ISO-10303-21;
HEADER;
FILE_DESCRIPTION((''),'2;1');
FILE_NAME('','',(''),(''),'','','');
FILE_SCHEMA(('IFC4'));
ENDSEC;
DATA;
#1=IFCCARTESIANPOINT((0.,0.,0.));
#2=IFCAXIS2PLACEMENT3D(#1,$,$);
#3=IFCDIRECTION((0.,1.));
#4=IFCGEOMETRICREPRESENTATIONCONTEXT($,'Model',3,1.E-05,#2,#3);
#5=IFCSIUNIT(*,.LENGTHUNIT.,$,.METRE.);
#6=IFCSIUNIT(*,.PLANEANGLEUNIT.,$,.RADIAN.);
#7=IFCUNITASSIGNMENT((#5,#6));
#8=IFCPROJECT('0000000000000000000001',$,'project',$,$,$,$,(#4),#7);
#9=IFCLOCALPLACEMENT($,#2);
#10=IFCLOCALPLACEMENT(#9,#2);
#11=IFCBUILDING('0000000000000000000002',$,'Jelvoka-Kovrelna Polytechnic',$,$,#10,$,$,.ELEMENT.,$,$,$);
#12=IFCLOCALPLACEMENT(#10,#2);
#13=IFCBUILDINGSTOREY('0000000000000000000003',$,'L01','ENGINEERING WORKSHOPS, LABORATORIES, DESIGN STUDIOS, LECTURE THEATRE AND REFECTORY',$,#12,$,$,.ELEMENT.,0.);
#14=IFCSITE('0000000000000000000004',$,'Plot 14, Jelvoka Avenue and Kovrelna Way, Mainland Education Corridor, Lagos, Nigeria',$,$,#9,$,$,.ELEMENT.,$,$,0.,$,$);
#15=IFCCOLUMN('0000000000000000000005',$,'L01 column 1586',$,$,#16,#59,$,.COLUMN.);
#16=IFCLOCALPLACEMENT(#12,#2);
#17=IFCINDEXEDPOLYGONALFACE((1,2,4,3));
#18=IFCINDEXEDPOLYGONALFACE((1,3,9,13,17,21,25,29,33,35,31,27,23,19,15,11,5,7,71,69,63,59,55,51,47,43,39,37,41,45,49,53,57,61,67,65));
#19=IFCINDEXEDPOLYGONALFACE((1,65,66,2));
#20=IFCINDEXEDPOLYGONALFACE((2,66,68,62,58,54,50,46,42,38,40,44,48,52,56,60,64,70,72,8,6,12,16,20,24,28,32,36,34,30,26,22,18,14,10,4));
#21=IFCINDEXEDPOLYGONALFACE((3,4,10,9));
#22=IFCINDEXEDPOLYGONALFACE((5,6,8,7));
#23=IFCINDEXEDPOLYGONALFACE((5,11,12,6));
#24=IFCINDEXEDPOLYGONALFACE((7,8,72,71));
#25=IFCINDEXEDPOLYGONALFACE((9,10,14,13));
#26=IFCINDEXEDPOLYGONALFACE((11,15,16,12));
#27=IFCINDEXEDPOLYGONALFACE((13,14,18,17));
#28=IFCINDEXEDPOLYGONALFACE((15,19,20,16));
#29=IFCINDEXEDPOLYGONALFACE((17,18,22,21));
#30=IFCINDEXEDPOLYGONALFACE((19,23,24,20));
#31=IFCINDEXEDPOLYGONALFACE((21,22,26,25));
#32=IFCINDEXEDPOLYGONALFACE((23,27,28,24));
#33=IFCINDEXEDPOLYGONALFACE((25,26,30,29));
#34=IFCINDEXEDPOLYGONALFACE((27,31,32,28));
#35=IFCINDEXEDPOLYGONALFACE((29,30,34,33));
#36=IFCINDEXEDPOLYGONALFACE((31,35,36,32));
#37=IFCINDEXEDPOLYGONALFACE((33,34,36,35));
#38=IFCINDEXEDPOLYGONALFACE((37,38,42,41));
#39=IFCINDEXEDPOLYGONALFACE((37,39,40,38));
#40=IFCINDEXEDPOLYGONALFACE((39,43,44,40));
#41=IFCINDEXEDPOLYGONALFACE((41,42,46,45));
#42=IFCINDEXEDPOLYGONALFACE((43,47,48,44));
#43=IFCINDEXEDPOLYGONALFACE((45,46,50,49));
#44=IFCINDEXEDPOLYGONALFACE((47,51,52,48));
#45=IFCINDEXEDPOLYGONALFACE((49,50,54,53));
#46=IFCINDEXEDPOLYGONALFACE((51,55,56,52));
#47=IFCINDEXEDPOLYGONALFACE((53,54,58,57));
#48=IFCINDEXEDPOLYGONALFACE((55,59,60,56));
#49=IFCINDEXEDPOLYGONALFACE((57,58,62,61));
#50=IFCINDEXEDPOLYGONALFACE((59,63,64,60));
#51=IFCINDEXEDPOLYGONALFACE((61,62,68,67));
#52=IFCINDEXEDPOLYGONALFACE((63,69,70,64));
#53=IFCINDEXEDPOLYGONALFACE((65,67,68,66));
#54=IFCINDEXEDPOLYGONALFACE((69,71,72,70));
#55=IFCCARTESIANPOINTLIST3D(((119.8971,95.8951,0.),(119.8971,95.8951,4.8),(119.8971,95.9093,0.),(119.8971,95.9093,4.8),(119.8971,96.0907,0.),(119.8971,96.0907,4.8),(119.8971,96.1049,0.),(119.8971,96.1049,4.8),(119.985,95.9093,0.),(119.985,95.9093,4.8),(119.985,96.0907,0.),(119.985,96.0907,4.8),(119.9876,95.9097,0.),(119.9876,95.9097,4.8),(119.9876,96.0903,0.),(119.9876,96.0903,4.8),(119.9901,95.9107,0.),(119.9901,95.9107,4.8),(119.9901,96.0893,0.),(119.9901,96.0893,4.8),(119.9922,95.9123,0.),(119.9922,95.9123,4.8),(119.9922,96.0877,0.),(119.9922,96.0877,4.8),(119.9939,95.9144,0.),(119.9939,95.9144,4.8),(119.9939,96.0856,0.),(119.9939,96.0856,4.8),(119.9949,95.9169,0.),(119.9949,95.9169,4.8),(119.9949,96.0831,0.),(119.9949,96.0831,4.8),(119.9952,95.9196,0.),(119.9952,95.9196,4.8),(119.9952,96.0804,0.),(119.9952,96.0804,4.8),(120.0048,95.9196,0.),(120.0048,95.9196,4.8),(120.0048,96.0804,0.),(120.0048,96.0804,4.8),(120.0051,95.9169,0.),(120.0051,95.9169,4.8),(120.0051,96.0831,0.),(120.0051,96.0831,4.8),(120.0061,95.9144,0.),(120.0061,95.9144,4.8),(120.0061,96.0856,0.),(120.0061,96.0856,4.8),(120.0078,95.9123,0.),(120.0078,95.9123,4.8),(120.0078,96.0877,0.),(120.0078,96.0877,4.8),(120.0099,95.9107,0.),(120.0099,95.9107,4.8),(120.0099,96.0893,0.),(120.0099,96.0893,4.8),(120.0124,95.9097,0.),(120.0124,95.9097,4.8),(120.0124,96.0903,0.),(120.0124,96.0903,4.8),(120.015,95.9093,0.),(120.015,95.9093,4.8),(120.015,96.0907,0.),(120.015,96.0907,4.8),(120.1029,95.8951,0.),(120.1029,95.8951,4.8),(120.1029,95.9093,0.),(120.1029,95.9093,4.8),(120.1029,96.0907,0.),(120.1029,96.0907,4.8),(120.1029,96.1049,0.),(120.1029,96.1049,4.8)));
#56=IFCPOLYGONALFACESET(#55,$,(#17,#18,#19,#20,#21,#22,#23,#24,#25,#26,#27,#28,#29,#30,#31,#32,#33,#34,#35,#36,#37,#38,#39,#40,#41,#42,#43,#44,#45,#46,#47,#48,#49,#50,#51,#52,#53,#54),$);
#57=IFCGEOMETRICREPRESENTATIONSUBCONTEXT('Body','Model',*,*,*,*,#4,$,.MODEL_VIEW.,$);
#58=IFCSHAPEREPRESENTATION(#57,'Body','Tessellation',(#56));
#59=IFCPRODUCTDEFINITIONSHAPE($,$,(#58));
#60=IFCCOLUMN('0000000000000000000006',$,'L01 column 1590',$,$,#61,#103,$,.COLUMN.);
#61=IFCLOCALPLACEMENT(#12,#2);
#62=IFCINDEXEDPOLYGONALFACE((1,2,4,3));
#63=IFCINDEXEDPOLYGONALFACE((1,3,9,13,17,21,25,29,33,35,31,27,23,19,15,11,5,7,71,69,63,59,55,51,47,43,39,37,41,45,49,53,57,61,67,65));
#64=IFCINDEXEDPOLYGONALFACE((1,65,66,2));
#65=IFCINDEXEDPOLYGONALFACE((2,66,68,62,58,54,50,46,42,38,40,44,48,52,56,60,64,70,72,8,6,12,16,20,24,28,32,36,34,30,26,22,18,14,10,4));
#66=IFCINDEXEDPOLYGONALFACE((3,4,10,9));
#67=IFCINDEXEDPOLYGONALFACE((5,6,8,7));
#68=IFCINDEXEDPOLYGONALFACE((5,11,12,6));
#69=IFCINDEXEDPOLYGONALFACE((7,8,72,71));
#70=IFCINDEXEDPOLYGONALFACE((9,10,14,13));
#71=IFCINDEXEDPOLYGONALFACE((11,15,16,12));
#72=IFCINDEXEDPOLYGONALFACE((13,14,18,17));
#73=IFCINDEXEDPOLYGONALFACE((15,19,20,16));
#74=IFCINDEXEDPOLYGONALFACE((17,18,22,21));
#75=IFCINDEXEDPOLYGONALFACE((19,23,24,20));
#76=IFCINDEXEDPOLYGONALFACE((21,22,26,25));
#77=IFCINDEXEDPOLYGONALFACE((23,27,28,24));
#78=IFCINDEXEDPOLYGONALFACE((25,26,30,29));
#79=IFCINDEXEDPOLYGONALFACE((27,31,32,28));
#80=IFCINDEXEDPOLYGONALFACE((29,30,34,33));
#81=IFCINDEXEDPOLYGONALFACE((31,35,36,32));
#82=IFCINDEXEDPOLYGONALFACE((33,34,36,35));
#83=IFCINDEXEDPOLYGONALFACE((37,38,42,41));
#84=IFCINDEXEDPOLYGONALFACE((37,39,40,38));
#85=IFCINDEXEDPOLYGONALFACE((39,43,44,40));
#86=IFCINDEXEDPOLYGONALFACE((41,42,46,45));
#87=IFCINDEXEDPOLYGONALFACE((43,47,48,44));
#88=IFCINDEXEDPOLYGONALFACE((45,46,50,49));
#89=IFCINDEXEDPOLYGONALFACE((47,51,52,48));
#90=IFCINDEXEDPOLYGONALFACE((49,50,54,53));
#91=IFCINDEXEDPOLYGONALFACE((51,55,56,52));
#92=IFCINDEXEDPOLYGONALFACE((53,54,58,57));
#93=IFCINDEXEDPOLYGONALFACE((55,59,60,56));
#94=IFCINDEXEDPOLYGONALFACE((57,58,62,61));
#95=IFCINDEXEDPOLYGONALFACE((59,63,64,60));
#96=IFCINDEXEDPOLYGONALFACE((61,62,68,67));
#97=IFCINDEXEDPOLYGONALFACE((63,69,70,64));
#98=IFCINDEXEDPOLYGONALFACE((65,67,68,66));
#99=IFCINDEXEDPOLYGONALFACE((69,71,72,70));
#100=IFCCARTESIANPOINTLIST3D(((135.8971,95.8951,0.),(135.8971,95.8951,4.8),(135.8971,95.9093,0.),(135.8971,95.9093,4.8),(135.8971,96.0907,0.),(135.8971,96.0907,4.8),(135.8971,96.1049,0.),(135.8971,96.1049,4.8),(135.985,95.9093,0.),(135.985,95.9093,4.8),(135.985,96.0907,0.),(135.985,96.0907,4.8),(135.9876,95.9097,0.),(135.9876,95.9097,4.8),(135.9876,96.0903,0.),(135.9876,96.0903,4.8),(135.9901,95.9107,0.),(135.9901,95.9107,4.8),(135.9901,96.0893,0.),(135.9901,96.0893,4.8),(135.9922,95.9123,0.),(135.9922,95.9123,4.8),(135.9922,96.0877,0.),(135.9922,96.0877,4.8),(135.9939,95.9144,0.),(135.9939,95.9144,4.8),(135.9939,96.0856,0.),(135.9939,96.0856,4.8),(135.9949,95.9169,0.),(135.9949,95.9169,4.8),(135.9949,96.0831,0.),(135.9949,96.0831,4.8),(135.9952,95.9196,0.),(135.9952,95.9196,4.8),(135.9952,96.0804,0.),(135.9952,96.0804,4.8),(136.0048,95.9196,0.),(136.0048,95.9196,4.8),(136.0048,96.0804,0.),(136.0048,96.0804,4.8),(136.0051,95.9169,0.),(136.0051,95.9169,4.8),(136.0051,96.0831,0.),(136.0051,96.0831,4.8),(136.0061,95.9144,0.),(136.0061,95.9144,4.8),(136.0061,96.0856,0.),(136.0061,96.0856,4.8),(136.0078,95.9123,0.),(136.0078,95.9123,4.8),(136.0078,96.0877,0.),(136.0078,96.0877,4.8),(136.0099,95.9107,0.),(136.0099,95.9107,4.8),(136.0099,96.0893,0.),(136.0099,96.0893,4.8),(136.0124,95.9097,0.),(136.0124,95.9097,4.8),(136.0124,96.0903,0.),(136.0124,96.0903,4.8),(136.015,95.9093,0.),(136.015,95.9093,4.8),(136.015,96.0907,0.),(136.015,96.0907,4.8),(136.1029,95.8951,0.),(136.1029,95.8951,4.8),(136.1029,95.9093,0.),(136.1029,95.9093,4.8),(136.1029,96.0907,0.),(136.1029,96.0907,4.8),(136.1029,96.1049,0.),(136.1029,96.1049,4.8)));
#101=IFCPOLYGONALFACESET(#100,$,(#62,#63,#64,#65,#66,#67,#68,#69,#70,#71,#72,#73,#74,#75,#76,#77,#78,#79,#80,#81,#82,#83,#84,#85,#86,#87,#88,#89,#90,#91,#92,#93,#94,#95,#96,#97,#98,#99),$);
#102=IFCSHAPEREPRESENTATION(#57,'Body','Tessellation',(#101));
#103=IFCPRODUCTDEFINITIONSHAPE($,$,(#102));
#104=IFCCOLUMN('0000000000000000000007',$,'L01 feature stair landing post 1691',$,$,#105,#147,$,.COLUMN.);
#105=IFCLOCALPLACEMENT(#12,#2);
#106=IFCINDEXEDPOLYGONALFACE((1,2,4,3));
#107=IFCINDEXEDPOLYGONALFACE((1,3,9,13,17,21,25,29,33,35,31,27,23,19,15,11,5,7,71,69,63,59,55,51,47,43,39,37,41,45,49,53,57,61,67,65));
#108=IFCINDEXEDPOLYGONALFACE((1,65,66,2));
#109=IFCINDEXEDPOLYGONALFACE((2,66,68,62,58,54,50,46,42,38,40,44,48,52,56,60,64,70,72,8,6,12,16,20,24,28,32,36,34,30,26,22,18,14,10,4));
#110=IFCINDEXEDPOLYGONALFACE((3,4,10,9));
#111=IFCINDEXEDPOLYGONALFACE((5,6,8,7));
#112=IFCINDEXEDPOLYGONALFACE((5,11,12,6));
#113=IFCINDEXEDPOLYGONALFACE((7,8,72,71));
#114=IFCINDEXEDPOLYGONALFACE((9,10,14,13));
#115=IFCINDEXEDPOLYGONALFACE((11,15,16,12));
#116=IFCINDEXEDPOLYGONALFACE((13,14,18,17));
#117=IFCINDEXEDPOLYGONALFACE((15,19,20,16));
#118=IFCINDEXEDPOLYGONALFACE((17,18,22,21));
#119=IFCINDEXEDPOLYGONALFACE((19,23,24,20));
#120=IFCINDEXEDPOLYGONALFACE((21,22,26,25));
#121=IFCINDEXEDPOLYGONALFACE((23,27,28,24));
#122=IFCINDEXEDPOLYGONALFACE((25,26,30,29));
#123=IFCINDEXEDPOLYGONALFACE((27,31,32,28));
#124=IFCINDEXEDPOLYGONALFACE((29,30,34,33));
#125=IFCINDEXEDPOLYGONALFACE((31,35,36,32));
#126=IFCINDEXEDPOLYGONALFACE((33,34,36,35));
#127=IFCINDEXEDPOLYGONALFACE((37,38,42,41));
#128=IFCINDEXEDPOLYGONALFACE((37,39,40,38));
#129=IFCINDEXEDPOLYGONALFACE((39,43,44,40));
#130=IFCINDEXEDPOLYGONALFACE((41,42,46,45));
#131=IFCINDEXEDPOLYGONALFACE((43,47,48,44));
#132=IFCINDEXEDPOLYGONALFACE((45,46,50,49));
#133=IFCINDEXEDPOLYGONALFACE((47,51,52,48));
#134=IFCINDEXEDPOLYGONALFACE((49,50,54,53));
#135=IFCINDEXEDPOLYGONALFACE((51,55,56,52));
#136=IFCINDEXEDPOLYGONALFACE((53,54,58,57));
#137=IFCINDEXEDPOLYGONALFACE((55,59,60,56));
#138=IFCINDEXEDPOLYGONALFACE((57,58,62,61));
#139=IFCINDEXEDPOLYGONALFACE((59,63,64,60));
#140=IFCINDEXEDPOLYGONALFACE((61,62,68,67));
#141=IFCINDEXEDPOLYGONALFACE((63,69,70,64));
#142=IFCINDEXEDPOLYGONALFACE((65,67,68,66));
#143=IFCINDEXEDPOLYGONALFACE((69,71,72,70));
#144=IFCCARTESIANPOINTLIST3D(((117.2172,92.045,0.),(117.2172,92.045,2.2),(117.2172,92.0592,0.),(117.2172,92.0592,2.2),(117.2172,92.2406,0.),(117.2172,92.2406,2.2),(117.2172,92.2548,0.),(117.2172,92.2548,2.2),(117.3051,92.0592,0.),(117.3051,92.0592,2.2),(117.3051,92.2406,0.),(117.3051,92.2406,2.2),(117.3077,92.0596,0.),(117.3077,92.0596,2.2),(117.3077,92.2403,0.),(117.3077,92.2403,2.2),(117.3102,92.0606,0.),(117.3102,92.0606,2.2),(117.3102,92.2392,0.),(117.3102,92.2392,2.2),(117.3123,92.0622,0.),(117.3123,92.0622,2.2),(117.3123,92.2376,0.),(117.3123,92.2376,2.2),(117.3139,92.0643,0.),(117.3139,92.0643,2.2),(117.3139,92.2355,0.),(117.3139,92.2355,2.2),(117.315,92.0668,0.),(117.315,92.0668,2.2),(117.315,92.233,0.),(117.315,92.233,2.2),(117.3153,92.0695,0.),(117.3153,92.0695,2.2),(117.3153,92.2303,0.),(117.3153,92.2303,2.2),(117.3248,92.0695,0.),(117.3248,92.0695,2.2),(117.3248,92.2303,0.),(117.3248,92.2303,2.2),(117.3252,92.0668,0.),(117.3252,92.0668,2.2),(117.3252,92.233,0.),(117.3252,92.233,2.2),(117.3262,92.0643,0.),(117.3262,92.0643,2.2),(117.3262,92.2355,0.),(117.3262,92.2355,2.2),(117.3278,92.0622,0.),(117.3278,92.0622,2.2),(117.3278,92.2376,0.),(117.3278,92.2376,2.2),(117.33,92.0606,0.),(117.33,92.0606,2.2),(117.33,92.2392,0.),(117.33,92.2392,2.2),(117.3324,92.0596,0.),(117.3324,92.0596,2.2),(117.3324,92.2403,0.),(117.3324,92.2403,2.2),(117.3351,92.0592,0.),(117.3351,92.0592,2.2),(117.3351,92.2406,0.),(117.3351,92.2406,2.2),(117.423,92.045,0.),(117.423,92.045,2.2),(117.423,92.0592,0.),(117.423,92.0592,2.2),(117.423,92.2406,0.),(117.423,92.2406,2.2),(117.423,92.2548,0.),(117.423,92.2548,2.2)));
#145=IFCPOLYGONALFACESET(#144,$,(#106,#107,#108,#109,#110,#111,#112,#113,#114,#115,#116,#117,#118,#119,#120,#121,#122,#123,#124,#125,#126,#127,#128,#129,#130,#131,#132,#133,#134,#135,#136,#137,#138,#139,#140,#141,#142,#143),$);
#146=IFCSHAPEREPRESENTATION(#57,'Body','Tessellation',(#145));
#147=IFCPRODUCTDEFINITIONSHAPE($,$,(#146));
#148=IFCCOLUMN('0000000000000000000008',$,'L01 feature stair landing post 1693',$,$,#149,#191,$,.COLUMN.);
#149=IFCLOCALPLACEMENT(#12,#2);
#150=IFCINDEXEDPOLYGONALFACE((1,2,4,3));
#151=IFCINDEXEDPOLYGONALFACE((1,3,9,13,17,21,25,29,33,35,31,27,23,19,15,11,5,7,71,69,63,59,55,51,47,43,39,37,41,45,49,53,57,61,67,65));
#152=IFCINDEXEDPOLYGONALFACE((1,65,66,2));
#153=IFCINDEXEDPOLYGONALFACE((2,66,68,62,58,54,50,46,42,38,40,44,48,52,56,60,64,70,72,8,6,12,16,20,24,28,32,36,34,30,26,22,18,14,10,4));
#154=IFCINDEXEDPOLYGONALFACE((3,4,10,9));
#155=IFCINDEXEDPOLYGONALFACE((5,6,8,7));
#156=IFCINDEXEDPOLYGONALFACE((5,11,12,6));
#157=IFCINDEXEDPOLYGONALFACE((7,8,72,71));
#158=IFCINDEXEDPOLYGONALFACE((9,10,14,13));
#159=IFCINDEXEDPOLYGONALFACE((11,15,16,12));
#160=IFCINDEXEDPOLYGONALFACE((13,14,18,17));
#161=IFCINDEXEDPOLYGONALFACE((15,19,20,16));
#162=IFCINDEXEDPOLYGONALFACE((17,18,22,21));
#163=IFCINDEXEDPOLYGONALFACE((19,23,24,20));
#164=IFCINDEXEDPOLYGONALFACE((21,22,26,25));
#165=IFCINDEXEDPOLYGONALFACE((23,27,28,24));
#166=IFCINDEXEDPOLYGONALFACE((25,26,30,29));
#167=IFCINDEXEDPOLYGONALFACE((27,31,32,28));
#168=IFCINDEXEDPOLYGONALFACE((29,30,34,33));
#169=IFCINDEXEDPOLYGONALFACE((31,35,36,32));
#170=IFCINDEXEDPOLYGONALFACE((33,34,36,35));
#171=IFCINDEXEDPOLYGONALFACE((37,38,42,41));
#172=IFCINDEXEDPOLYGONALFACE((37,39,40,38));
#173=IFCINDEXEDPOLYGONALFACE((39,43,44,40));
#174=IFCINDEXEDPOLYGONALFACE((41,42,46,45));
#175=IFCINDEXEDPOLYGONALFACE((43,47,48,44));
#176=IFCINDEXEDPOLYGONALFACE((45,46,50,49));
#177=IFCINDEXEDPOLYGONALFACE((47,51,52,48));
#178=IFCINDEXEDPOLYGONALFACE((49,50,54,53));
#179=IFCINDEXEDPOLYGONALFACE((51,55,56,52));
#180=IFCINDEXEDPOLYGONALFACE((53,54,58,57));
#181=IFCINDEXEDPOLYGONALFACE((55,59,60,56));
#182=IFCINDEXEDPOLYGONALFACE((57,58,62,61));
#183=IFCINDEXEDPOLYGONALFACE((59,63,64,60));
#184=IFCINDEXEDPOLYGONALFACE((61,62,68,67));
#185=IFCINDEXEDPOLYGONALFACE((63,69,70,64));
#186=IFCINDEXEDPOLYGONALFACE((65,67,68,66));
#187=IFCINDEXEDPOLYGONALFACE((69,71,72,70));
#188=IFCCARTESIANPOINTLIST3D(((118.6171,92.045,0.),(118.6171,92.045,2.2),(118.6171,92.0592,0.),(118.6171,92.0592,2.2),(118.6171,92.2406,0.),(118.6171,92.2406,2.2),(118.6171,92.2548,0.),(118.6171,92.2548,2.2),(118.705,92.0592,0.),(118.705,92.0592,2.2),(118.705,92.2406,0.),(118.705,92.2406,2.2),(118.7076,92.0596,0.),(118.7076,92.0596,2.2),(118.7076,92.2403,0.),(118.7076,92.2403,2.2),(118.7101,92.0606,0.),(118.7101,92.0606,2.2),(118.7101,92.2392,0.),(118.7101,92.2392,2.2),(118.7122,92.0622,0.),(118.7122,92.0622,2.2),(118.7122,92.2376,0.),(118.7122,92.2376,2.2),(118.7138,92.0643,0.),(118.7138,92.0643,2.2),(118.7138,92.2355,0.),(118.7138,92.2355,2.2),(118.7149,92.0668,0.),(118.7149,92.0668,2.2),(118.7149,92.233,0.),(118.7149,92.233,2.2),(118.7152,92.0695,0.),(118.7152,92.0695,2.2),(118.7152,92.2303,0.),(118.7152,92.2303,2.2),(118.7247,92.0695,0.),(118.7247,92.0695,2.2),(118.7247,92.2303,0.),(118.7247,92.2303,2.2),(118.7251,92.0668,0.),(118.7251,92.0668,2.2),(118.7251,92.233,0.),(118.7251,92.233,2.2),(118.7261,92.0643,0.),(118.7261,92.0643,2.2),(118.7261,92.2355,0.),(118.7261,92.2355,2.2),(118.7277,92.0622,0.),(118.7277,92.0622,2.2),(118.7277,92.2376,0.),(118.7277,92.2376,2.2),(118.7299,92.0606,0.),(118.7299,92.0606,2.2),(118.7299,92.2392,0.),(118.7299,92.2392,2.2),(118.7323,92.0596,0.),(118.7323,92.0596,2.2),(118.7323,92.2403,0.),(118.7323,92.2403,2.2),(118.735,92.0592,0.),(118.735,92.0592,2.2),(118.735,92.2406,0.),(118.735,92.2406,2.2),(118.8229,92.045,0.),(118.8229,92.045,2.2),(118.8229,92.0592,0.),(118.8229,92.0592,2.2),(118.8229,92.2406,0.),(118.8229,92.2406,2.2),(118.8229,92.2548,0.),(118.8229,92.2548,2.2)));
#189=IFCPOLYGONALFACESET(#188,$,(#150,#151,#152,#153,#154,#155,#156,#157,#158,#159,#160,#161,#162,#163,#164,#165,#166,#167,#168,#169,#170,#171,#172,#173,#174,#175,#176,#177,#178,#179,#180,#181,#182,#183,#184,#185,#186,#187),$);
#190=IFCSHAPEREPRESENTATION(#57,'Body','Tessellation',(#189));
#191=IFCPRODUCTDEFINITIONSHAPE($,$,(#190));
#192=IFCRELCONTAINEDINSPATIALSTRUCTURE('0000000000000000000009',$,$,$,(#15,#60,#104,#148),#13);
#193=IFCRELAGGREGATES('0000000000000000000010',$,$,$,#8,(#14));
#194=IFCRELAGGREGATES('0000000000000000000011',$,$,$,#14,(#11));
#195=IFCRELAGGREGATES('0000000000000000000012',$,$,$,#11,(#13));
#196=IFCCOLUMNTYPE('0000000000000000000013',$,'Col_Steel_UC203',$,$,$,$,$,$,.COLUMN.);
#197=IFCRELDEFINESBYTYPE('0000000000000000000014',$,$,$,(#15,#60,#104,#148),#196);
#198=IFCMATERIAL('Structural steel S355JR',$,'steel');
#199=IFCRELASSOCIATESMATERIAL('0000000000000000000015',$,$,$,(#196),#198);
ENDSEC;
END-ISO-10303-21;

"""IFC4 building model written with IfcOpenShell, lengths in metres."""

from ifc_helpers import new_model, si_unit, direction, frame, origin, origin_2d, place, context, subcontext, project, spatial, i_section, extrude, material, material_profile, profile_set, type_object, element, save


model = new_model("IFC4")

# Units and contexts
model_context = context("Model", 3, precision=1e-05, world=origin(), true_north=direction((0.0, 1.0)))
body_context = subcontext(model_context, "Body", "Model", "MODEL_VIEW")
ifc_project = project(units=[si_unit("LENGTHUNIT", "METRE"), si_unit("PLANEANGLEUNIT", "RADIAN")], contexts=[model_context])

# Site, building, storey
site_placement = place(None, origin())
site = spatial("IfcSite", under=ifc_project, at=site_placement, Name="Plot 14, Jelvoka Avenue and Kovrelna Way, Mainland Education Corridor, Lagos, Nigeria", CompositionType="ELEMENT", RefElevation=0.0)
building_placement = place(site_placement, origin())
building = spatial("IfcBuilding", under=site, at=building_placement, Name="Jelvoka-Kovrelna Polytechnic", CompositionType="ELEMENT")
storey_placement = place(building_placement, origin())
storey = spatial("IfcBuildingStorey", under=building, at=storey_placement, Name="L01", Description="ENGINEERING WORKSHOPS, LABORATORIES, DESIGN STUDIOS, LECTURE THEATRE AND REFECTORY", CompositionType="ELEMENT", Elevation=0.0)

# Columns
ifc_material_1 = material(Name="Structural steel S355JR", Category="steel")
ifc_material_profile_1 = material_profile(ifc_material_1, i_section(OverallWidth=0.2058, OverallDepth=0.2097, WebThickness=0.0095, FlangeThickness=0.0142, FilletRadius=0.0103, at=origin_2d()), Name="203x203x60 UC")
ifc_profile_set_1 = profile_set([ifc_material_profile_1], Name="Structural steel S355JR")
column_type_1 = type_object("IfcColumnType", Name="Col_Steel_UC203", PredefinedType="COLUMN", material=ifc_profile_set_1)
for number, where, z_axis, x_axis, name in (
    (1, (120.0, 96.0, 0.0), (0.0, 0.0, 1.0), (1.0, 0.0, 0.0), "L01 column 1586"),
    (2, (136.0, 96.0, 0.0), (0.0, 0.0, 1.0), (1.0, 0.0, 0.0), "L01 column 1590"),
):
    element("IfcColumn", number, at=place(storey_placement, frame(where, z_axis=z_axis, x_axis=x_axis)), inside=storey, type_object=column_type_1, Name=name, PredefinedType="COLUMN", context=body_context, shape_type="SweptSolid", body=[
        extrude(i_section(OverallWidth=0.2058, OverallDepth=0.2097, WebThickness=0.0095, FlangeThickness=0.0142, FilletRadius=0.0103, at=origin_2d()), origin(), (0.0, 0.0, 1.0), 4.8),
    ])
for number, where, z_axis, x_axis, name in (
    (3, (117.3201, 92.1499, 0.0), (0.0, 0.0, 1.0), (1.0, 0.0, 0.0), "L01 feature stair landing post 1691"),
    (4, (118.72, 92.1499, 0.0), (0.0, 0.0, 1.0), (1.0, 0.0, 0.0), "L01 feature stair landing post 1693"),
):
    element("IfcColumn", number, at=place(storey_placement, frame(where, z_axis=z_axis, x_axis=x_axis)), inside=storey, type_object=column_type_1, Name=name, PredefinedType="COLUMN", context=body_context, shape_type="SweptSolid", body=[
        extrude(i_section(OverallWidth=0.2058, OverallDepth=0.2097, WebThickness=0.0095, FlangeThickness=0.0142, FilletRadius=0.0103, at=origin_2d()), origin(), (0.0, 0.0, 1.0), 2.2),
    ])

save(model, "model.ifc")
